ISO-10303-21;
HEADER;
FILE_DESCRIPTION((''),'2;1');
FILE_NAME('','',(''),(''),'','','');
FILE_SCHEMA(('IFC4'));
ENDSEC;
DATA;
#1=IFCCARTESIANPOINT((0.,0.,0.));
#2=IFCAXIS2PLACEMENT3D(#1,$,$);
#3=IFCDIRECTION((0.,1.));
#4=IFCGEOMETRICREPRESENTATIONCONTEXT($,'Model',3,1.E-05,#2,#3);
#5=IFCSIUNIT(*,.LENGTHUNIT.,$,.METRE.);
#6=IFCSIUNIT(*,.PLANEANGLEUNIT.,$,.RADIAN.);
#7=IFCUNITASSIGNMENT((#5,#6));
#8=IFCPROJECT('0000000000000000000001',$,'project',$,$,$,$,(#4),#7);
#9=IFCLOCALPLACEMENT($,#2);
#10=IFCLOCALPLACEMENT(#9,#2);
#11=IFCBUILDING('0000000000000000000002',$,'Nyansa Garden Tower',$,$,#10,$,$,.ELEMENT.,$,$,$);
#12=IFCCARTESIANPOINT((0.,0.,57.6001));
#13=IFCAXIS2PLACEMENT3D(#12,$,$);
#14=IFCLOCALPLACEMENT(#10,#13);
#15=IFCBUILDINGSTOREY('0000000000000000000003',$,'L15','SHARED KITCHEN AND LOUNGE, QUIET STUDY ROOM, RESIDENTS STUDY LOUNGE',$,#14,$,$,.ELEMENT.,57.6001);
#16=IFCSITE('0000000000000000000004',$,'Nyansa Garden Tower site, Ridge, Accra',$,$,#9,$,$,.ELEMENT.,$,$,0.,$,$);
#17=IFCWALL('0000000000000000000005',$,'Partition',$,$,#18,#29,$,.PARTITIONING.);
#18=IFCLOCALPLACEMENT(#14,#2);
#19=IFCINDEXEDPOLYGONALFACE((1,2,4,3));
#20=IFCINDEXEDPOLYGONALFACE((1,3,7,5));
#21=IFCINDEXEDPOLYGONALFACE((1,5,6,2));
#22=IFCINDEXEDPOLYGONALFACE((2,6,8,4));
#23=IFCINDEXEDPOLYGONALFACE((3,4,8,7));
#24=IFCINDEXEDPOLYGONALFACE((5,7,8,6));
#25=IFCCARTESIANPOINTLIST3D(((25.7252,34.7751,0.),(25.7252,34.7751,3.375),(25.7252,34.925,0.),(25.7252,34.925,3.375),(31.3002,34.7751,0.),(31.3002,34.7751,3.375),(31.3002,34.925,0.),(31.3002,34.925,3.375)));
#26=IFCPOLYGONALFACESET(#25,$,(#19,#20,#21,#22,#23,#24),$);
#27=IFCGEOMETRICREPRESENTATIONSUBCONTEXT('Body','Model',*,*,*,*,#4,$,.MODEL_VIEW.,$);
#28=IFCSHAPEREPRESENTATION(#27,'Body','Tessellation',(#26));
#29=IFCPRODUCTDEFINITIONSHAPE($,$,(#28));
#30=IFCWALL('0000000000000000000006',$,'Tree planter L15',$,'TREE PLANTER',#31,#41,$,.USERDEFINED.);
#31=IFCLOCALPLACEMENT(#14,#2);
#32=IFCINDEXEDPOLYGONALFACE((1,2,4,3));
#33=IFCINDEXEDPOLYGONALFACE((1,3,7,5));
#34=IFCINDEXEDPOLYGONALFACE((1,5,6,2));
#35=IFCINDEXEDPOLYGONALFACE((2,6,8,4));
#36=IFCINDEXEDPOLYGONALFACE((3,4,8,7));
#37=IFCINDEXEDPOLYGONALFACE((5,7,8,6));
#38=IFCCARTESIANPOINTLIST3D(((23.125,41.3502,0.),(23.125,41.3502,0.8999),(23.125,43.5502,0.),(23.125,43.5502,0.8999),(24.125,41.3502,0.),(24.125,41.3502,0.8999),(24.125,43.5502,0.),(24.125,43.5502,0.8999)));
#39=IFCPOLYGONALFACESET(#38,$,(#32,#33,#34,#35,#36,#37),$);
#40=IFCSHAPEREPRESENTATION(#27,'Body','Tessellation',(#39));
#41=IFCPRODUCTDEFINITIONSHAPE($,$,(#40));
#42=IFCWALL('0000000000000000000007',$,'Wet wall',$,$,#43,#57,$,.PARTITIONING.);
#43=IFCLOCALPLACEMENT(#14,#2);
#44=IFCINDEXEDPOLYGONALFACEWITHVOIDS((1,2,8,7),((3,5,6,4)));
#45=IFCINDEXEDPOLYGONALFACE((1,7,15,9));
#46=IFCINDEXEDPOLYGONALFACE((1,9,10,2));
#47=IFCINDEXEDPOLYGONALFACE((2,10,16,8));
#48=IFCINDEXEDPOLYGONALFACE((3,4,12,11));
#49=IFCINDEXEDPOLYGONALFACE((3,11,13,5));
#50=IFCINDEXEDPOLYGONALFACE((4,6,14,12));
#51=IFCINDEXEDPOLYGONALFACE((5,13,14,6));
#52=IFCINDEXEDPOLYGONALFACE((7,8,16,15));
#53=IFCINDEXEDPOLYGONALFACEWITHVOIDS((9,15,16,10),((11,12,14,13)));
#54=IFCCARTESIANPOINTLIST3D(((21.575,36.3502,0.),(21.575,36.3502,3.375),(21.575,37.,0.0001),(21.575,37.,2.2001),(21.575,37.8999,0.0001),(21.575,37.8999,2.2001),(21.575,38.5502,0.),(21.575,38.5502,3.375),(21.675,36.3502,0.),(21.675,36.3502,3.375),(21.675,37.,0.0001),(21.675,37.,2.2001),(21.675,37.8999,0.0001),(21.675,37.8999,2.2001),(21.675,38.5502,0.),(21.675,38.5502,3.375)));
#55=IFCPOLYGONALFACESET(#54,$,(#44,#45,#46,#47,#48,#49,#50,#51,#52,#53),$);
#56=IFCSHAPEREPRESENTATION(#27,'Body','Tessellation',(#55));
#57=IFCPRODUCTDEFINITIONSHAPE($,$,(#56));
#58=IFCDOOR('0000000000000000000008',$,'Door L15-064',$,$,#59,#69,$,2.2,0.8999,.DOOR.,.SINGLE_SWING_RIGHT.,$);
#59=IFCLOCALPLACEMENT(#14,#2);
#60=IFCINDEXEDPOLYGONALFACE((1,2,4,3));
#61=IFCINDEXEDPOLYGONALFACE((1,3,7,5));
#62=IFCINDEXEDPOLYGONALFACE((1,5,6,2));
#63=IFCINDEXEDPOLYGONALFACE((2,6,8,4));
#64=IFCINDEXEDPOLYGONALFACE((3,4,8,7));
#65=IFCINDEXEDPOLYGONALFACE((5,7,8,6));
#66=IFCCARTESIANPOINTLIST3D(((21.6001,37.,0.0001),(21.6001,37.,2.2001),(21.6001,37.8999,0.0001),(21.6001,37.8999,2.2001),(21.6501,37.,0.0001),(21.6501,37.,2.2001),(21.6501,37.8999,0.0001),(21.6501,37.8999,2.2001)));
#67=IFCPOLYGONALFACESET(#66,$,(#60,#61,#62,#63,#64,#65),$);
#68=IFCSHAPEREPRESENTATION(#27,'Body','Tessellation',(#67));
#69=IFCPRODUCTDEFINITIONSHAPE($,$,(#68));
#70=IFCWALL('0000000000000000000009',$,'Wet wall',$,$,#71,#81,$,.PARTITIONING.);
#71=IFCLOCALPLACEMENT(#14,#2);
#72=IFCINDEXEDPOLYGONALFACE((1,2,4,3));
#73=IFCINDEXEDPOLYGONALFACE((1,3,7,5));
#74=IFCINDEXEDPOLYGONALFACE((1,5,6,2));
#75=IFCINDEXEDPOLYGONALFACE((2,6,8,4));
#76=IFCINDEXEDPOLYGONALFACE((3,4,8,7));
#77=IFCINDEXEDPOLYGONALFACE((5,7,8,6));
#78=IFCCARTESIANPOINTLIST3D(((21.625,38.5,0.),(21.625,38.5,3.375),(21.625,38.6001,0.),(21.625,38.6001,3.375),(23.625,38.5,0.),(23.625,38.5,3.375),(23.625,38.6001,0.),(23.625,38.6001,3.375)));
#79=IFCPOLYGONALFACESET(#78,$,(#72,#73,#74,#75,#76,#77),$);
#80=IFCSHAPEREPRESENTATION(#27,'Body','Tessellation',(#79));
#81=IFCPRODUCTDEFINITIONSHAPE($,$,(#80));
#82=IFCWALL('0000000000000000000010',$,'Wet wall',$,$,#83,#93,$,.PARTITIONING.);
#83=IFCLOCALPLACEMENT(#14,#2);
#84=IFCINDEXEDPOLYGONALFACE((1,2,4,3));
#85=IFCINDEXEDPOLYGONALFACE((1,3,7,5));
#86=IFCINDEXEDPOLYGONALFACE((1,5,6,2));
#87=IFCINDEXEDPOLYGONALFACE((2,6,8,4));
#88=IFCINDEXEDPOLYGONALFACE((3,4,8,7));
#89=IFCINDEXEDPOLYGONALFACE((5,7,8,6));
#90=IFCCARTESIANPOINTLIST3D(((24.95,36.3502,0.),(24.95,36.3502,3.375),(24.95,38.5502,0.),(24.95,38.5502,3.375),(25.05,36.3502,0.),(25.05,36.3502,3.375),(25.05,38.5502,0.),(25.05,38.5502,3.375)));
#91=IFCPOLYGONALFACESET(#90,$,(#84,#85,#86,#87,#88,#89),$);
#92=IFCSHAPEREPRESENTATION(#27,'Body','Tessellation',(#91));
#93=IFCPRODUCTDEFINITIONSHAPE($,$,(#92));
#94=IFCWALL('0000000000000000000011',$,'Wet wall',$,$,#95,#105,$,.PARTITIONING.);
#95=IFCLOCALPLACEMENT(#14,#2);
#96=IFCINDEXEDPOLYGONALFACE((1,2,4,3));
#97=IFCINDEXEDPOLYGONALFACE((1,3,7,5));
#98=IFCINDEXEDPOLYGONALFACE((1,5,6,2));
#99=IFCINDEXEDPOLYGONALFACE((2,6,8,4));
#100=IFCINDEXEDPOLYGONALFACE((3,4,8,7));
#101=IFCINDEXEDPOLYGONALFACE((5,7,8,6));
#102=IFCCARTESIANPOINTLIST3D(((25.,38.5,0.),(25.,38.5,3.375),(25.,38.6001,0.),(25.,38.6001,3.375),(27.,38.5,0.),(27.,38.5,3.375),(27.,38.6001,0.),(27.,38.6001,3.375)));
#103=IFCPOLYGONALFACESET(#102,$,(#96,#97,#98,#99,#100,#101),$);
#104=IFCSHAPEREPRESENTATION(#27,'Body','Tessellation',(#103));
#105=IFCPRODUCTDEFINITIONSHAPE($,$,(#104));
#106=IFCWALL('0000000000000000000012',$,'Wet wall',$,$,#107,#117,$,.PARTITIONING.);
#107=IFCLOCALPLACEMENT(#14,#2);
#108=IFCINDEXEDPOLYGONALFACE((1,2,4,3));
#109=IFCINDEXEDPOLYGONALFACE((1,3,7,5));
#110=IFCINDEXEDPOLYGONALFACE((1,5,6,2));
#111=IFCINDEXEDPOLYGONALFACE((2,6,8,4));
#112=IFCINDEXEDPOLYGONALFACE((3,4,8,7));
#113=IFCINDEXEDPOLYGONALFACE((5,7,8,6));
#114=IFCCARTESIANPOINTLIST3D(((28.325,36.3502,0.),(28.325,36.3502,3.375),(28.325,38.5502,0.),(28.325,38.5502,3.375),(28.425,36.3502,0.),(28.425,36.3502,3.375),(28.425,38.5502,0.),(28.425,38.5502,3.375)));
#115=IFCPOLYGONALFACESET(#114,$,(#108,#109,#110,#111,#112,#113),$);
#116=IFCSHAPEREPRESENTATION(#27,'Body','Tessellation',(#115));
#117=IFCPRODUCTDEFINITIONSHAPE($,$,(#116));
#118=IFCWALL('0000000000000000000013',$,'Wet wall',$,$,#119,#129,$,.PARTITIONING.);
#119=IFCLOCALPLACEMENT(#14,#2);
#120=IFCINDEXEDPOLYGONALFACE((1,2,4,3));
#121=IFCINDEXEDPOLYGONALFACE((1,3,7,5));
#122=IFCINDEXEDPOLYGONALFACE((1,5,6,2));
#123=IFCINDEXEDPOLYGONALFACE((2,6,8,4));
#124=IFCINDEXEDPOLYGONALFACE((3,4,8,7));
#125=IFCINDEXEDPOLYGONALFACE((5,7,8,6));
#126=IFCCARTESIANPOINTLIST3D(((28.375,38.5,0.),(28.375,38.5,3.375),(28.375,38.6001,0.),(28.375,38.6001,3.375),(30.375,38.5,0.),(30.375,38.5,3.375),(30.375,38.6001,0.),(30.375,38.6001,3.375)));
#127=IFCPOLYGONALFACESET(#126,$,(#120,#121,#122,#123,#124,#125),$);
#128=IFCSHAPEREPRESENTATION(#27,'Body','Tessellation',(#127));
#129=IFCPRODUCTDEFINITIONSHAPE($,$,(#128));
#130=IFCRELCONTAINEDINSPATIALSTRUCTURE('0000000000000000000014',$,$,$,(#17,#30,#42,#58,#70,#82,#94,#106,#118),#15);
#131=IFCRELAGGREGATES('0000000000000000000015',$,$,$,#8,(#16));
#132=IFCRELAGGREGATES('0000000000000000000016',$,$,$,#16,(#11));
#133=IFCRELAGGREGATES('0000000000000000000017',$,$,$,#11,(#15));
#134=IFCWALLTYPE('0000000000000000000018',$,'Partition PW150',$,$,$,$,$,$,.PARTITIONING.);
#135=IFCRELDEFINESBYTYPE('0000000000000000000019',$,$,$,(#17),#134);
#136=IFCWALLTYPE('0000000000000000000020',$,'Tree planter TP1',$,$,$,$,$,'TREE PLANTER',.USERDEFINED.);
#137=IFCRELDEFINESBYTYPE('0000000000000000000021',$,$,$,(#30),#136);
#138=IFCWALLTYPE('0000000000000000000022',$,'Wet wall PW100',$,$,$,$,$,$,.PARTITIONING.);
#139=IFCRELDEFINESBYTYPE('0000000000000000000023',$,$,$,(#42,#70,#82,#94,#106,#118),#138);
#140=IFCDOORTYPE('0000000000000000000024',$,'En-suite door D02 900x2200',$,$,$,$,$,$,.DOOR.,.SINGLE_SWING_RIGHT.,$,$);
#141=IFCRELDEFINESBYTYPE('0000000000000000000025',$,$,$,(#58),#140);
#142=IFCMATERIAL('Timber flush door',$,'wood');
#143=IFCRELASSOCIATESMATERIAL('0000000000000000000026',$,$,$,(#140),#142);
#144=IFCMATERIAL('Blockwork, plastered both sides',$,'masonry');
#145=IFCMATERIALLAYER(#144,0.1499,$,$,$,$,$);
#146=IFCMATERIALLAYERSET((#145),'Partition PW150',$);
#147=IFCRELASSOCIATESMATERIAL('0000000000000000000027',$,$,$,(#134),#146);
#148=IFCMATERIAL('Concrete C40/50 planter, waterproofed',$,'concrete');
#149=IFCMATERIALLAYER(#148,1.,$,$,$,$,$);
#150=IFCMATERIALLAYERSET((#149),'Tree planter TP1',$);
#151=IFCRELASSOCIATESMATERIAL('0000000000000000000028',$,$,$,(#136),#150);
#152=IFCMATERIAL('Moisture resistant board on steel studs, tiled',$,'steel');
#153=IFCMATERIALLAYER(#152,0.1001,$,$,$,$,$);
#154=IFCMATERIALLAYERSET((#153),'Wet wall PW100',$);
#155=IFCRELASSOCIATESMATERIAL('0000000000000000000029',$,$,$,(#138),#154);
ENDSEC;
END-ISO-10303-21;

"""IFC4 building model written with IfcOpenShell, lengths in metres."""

from ifc_helpers import new_model, si_unit, direction, frame, frame_2d, origin, place, context, subcontext, project, spatial, rectangle, extrude, material, layer, layer_set, type_object, element, fill, save


model = new_model("IFC4")

# Units and contexts
model_context = context("Model", 3, precision=1e-05, world=origin(), true_north=direction((0.0, 1.0)))
body_context = subcontext(model_context, "Body", "Model", "MODEL_VIEW")
ifc_project = project(units=[si_unit("LENGTHUNIT", "METRE"), si_unit("PLANEANGLEUNIT", "RADIAN")], contexts=[model_context])

# Site, building, storey
site_placement = place(None, origin())
site = spatial("IfcSite", under=ifc_project, at=site_placement, Name="Nyansa Garden Tower site, Ridge, Accra", CompositionType="ELEMENT", RefElevation=0.0)
building_placement = place(site_placement, origin())
building = spatial("IfcBuilding", under=site, at=building_placement, Name="Nyansa Garden Tower", CompositionType="ELEMENT")
storey_placement = place(building_placement, frame((0.0, 0.0, 57.6001)))
storey = spatial("IfcBuildingStorey", under=building, at=storey_placement, Name="L15", Description="SHARED KITCHEN AND LOUNGE, QUIET STUDY ROOM, RESIDENTS STUDY LOUNGE", CompositionType="ELEMENT", Elevation=57.6001)

# Shared definitions
ifc_material_1 = material(Name="Timber flush door", Category="wood")
door_type_1 = type_object("IfcDoorType", Name="En-suite door D02 900x2200", OperationType="SINGLE_SWING_RIGHT", PredefinedType="DOOR", material=ifc_material_1)

# Walls
ifc_material_2 = material(Name="Blockwork, plastered both sides", Category="masonry")
ifc_layer_1 = layer(ifc_material_2, 0.1499)
ifc_layer_set_1 = layer_set([ifc_layer_1], Name="Partition PW150")
wall_type_1 = type_object("IfcWallType", Name="Partition PW150", PredefinedType="PARTITIONING", material=ifc_layer_set_1)
wall_1_placement = place(storey_placement, frame((25.7251, 34.8501, 0.0), z_axis=(0.0, 0.0, 1.0), x_axis=(1.0, 0.0, 0.0)))
element("IfcWall", 1, at=wall_1_placement, inside=storey, type_object=wall_type_1, Name="Partition", PredefinedType="PARTITIONING", context=body_context, shape_type="SweptSolid", body=[
    extrude(rectangle(XDim=5.575, YDim=0.1499, at=frame_2d((2.7876, 0.0))), origin(), (0.0, 0.0, 1.0), 3.375),
])
ifc_material_3 = material(Name="Concrete C40/50 planter, waterproofed", Category="concrete")
ifc_layer_2 = layer(ifc_material_3, 1.0)
ifc_layer_set_2 = layer_set([ifc_layer_2], Name="Tree planter TP1")
wall_type_2 = type_object("IfcWallType", Name="Tree planter TP1", ElementType="TREE PLANTER", PredefinedType="USERDEFINED", material=ifc_layer_set_2)
wall_2_placement = place(storey_placement, frame((23.625, 41.3501, 0.0), z_axis=(0.0, 0.0, 1.0), x_axis=(0.0, 1.0, 0.0)))
element("IfcWall", 2, at=wall_2_placement, inside=storey, type_object=wall_type_2, Name="Tree planter L15", ObjectType="TREE PLANTER", PredefinedType="USERDEFINED", context=body_context, shape_type="SweptSolid", body=[
    extrude(rectangle(XDim=2.2, YDim=1.0, at=frame_2d((1.1001, 0.0))), origin(), (0.0, 0.0, 1.0), 0.8999),
])

# Wall, opening, door
ifc_material_4 = material(Name="Moisture resistant board on steel studs, tiled", Category="steel")
ifc_layer_3 = layer(ifc_material_4, 0.1001)
ifc_layer_set_3 = layer_set([ifc_layer_3], Name="Wet wall PW100")
wall_type_3 = type_object("IfcWallType", Name="Wet wall PW100", PredefinedType="PARTITIONING", material=ifc_layer_set_3)
wall_3_placement = place(storey_placement, frame((21.625, 36.3501, 0.0), z_axis=(0.0, 0.0, 1.0), x_axis=(0.0, 1.0, 0.0)))
wall_3 = element("IfcWall", 3, at=wall_3_placement, inside=storey, type_object=wall_type_3, Name="Wet wall", PredefinedType="PARTITIONING", context=body_context, shape_type="SweptSolid", body=[
    extrude(rectangle(XDim=2.2, YDim=0.1001, at=frame_2d((1.1001, 0.0))), origin(), (0.0, 0.0, 1.0), 3.375),
])
opening_1_placement = place(wall_3_placement, frame((0.6499, 0.0, 0.0)))
opening_1 = element("IfcOpeningElement", 4, at=opening_1_placement, cuts=wall_3, PredefinedType="OPENING", context=body_context, shape_type="SweptSolid", body=[
    extrude(rectangle(XDim=0.8999, YDim=2.2, at=frame_2d((0.45, 1.1001))), frame((0.0, 0.0601, 0.0), z_axis=(0.0, -1.0, 0.0), x_axis=(1.0, 0.0, 0.0)), (0.0, 0.0, 1.0), 0.1201),
])
door_1_placement = place(opening_1_placement, origin())
door_1 = element("IfcDoor", 5, at=door_1_placement, inside=storey, type_object=door_type_1, Name="Door L15-064", OperationType="SINGLE_SWING_RIGHT", OverallHeight=2.2, OverallWidth=0.8999, PredefinedType="DOOR", context=body_context, shape_type="SweptSolid", body=[
    extrude(rectangle(XDim=0.8999, YDim=2.2, at=frame_2d((0.45, 1.1001))), frame((0.0, 0.0249, 0.0), z_axis=(0.0, -1.0, 0.0), x_axis=(1.0, 0.0, 0.0)), (0.0, 0.0, 1.0), 0.05),
])
fill(opening_1, door_1)

# Walls
wall_4_placement = place(storey_placement, frame((21.625, 38.55, 0.0), z_axis=(0.0, 0.0, 1.0), x_axis=(1.0, 0.0, 0.0)))
element("IfcWall", 6, at=wall_4_placement, inside=storey, type_object=wall_type_3, Name="Wet wall", PredefinedType="PARTITIONING", context=body_context, shape_type="SweptSolid", body=[
    extrude(rectangle(XDim=2.0, YDim=0.1001, at=frame_2d((1.0, 0.0))), origin(), (0.0, 0.0, 1.0), 3.375),
])
wall_5_placement = place(storey_placement, frame((25.0, 36.3501, 0.0), z_axis=(0.0, 0.0, 1.0), x_axis=(0.0, 1.0, 0.0)))
element("IfcWall", 7, at=wall_5_placement, inside=storey, type_object=wall_type_3, Name="Wet wall", PredefinedType="PARTITIONING", context=body_context, shape_type="SweptSolid", body=[
    extrude(rectangle(XDim=2.2, YDim=0.1001, at=frame_2d((1.1001, 0.0))), origin(), (0.0, 0.0, 1.0), 3.375),
])
wall_6_placement = place(storey_placement, frame((25.0, 38.55, 0.0), z_axis=(0.0, 0.0, 1.0), x_axis=(1.0, 0.0, 0.0)))
element("IfcWall", 8, at=wall_6_placement, inside=storey, type_object=wall_type_3, Name="Wet wall", PredefinedType="PARTITIONING", context=body_context, shape_type="SweptSolid", body=[
    extrude(rectangle(XDim=2.0, YDim=0.1001, at=frame_2d((1.0, 0.0))), origin(), (0.0, 0.0, 1.0), 3.375),
])
wall_7_placement = place(storey_placement, frame((28.375, 36.3501, 0.0), z_axis=(0.0, 0.0, 1.0), x_axis=(0.0, 1.0, 0.0)))
element("IfcWall", 9, at=wall_7_placement, inside=storey, type_object=wall_type_3, Name="Wet wall", PredefinedType="PARTITIONING", context=body_context, shape_type="SweptSolid", body=[
    extrude(rectangle(XDim=2.2, YDim=0.1001, at=frame_2d((1.1001, 0.0))), origin(), (0.0, 0.0, 1.0), 3.375),
])
wall_8_placement = place(storey_placement, frame((28.375, 38.55, 0.0), z_axis=(0.0, 0.0, 1.0), x_axis=(1.0, 0.0, 0.0)))
element("IfcWall", 10, at=wall_8_placement, inside=storey, type_object=wall_type_3, Name="Wet wall", PredefinedType="PARTITIONING", context=body_context, shape_type="SweptSolid", body=[
    extrude(rectangle(XDim=2.0, YDim=0.1001, at=frame_2d((1.0, 0.0))), origin(), (0.0, 0.0, 1.0), 3.375),
])

save(model, "model.ifc")
